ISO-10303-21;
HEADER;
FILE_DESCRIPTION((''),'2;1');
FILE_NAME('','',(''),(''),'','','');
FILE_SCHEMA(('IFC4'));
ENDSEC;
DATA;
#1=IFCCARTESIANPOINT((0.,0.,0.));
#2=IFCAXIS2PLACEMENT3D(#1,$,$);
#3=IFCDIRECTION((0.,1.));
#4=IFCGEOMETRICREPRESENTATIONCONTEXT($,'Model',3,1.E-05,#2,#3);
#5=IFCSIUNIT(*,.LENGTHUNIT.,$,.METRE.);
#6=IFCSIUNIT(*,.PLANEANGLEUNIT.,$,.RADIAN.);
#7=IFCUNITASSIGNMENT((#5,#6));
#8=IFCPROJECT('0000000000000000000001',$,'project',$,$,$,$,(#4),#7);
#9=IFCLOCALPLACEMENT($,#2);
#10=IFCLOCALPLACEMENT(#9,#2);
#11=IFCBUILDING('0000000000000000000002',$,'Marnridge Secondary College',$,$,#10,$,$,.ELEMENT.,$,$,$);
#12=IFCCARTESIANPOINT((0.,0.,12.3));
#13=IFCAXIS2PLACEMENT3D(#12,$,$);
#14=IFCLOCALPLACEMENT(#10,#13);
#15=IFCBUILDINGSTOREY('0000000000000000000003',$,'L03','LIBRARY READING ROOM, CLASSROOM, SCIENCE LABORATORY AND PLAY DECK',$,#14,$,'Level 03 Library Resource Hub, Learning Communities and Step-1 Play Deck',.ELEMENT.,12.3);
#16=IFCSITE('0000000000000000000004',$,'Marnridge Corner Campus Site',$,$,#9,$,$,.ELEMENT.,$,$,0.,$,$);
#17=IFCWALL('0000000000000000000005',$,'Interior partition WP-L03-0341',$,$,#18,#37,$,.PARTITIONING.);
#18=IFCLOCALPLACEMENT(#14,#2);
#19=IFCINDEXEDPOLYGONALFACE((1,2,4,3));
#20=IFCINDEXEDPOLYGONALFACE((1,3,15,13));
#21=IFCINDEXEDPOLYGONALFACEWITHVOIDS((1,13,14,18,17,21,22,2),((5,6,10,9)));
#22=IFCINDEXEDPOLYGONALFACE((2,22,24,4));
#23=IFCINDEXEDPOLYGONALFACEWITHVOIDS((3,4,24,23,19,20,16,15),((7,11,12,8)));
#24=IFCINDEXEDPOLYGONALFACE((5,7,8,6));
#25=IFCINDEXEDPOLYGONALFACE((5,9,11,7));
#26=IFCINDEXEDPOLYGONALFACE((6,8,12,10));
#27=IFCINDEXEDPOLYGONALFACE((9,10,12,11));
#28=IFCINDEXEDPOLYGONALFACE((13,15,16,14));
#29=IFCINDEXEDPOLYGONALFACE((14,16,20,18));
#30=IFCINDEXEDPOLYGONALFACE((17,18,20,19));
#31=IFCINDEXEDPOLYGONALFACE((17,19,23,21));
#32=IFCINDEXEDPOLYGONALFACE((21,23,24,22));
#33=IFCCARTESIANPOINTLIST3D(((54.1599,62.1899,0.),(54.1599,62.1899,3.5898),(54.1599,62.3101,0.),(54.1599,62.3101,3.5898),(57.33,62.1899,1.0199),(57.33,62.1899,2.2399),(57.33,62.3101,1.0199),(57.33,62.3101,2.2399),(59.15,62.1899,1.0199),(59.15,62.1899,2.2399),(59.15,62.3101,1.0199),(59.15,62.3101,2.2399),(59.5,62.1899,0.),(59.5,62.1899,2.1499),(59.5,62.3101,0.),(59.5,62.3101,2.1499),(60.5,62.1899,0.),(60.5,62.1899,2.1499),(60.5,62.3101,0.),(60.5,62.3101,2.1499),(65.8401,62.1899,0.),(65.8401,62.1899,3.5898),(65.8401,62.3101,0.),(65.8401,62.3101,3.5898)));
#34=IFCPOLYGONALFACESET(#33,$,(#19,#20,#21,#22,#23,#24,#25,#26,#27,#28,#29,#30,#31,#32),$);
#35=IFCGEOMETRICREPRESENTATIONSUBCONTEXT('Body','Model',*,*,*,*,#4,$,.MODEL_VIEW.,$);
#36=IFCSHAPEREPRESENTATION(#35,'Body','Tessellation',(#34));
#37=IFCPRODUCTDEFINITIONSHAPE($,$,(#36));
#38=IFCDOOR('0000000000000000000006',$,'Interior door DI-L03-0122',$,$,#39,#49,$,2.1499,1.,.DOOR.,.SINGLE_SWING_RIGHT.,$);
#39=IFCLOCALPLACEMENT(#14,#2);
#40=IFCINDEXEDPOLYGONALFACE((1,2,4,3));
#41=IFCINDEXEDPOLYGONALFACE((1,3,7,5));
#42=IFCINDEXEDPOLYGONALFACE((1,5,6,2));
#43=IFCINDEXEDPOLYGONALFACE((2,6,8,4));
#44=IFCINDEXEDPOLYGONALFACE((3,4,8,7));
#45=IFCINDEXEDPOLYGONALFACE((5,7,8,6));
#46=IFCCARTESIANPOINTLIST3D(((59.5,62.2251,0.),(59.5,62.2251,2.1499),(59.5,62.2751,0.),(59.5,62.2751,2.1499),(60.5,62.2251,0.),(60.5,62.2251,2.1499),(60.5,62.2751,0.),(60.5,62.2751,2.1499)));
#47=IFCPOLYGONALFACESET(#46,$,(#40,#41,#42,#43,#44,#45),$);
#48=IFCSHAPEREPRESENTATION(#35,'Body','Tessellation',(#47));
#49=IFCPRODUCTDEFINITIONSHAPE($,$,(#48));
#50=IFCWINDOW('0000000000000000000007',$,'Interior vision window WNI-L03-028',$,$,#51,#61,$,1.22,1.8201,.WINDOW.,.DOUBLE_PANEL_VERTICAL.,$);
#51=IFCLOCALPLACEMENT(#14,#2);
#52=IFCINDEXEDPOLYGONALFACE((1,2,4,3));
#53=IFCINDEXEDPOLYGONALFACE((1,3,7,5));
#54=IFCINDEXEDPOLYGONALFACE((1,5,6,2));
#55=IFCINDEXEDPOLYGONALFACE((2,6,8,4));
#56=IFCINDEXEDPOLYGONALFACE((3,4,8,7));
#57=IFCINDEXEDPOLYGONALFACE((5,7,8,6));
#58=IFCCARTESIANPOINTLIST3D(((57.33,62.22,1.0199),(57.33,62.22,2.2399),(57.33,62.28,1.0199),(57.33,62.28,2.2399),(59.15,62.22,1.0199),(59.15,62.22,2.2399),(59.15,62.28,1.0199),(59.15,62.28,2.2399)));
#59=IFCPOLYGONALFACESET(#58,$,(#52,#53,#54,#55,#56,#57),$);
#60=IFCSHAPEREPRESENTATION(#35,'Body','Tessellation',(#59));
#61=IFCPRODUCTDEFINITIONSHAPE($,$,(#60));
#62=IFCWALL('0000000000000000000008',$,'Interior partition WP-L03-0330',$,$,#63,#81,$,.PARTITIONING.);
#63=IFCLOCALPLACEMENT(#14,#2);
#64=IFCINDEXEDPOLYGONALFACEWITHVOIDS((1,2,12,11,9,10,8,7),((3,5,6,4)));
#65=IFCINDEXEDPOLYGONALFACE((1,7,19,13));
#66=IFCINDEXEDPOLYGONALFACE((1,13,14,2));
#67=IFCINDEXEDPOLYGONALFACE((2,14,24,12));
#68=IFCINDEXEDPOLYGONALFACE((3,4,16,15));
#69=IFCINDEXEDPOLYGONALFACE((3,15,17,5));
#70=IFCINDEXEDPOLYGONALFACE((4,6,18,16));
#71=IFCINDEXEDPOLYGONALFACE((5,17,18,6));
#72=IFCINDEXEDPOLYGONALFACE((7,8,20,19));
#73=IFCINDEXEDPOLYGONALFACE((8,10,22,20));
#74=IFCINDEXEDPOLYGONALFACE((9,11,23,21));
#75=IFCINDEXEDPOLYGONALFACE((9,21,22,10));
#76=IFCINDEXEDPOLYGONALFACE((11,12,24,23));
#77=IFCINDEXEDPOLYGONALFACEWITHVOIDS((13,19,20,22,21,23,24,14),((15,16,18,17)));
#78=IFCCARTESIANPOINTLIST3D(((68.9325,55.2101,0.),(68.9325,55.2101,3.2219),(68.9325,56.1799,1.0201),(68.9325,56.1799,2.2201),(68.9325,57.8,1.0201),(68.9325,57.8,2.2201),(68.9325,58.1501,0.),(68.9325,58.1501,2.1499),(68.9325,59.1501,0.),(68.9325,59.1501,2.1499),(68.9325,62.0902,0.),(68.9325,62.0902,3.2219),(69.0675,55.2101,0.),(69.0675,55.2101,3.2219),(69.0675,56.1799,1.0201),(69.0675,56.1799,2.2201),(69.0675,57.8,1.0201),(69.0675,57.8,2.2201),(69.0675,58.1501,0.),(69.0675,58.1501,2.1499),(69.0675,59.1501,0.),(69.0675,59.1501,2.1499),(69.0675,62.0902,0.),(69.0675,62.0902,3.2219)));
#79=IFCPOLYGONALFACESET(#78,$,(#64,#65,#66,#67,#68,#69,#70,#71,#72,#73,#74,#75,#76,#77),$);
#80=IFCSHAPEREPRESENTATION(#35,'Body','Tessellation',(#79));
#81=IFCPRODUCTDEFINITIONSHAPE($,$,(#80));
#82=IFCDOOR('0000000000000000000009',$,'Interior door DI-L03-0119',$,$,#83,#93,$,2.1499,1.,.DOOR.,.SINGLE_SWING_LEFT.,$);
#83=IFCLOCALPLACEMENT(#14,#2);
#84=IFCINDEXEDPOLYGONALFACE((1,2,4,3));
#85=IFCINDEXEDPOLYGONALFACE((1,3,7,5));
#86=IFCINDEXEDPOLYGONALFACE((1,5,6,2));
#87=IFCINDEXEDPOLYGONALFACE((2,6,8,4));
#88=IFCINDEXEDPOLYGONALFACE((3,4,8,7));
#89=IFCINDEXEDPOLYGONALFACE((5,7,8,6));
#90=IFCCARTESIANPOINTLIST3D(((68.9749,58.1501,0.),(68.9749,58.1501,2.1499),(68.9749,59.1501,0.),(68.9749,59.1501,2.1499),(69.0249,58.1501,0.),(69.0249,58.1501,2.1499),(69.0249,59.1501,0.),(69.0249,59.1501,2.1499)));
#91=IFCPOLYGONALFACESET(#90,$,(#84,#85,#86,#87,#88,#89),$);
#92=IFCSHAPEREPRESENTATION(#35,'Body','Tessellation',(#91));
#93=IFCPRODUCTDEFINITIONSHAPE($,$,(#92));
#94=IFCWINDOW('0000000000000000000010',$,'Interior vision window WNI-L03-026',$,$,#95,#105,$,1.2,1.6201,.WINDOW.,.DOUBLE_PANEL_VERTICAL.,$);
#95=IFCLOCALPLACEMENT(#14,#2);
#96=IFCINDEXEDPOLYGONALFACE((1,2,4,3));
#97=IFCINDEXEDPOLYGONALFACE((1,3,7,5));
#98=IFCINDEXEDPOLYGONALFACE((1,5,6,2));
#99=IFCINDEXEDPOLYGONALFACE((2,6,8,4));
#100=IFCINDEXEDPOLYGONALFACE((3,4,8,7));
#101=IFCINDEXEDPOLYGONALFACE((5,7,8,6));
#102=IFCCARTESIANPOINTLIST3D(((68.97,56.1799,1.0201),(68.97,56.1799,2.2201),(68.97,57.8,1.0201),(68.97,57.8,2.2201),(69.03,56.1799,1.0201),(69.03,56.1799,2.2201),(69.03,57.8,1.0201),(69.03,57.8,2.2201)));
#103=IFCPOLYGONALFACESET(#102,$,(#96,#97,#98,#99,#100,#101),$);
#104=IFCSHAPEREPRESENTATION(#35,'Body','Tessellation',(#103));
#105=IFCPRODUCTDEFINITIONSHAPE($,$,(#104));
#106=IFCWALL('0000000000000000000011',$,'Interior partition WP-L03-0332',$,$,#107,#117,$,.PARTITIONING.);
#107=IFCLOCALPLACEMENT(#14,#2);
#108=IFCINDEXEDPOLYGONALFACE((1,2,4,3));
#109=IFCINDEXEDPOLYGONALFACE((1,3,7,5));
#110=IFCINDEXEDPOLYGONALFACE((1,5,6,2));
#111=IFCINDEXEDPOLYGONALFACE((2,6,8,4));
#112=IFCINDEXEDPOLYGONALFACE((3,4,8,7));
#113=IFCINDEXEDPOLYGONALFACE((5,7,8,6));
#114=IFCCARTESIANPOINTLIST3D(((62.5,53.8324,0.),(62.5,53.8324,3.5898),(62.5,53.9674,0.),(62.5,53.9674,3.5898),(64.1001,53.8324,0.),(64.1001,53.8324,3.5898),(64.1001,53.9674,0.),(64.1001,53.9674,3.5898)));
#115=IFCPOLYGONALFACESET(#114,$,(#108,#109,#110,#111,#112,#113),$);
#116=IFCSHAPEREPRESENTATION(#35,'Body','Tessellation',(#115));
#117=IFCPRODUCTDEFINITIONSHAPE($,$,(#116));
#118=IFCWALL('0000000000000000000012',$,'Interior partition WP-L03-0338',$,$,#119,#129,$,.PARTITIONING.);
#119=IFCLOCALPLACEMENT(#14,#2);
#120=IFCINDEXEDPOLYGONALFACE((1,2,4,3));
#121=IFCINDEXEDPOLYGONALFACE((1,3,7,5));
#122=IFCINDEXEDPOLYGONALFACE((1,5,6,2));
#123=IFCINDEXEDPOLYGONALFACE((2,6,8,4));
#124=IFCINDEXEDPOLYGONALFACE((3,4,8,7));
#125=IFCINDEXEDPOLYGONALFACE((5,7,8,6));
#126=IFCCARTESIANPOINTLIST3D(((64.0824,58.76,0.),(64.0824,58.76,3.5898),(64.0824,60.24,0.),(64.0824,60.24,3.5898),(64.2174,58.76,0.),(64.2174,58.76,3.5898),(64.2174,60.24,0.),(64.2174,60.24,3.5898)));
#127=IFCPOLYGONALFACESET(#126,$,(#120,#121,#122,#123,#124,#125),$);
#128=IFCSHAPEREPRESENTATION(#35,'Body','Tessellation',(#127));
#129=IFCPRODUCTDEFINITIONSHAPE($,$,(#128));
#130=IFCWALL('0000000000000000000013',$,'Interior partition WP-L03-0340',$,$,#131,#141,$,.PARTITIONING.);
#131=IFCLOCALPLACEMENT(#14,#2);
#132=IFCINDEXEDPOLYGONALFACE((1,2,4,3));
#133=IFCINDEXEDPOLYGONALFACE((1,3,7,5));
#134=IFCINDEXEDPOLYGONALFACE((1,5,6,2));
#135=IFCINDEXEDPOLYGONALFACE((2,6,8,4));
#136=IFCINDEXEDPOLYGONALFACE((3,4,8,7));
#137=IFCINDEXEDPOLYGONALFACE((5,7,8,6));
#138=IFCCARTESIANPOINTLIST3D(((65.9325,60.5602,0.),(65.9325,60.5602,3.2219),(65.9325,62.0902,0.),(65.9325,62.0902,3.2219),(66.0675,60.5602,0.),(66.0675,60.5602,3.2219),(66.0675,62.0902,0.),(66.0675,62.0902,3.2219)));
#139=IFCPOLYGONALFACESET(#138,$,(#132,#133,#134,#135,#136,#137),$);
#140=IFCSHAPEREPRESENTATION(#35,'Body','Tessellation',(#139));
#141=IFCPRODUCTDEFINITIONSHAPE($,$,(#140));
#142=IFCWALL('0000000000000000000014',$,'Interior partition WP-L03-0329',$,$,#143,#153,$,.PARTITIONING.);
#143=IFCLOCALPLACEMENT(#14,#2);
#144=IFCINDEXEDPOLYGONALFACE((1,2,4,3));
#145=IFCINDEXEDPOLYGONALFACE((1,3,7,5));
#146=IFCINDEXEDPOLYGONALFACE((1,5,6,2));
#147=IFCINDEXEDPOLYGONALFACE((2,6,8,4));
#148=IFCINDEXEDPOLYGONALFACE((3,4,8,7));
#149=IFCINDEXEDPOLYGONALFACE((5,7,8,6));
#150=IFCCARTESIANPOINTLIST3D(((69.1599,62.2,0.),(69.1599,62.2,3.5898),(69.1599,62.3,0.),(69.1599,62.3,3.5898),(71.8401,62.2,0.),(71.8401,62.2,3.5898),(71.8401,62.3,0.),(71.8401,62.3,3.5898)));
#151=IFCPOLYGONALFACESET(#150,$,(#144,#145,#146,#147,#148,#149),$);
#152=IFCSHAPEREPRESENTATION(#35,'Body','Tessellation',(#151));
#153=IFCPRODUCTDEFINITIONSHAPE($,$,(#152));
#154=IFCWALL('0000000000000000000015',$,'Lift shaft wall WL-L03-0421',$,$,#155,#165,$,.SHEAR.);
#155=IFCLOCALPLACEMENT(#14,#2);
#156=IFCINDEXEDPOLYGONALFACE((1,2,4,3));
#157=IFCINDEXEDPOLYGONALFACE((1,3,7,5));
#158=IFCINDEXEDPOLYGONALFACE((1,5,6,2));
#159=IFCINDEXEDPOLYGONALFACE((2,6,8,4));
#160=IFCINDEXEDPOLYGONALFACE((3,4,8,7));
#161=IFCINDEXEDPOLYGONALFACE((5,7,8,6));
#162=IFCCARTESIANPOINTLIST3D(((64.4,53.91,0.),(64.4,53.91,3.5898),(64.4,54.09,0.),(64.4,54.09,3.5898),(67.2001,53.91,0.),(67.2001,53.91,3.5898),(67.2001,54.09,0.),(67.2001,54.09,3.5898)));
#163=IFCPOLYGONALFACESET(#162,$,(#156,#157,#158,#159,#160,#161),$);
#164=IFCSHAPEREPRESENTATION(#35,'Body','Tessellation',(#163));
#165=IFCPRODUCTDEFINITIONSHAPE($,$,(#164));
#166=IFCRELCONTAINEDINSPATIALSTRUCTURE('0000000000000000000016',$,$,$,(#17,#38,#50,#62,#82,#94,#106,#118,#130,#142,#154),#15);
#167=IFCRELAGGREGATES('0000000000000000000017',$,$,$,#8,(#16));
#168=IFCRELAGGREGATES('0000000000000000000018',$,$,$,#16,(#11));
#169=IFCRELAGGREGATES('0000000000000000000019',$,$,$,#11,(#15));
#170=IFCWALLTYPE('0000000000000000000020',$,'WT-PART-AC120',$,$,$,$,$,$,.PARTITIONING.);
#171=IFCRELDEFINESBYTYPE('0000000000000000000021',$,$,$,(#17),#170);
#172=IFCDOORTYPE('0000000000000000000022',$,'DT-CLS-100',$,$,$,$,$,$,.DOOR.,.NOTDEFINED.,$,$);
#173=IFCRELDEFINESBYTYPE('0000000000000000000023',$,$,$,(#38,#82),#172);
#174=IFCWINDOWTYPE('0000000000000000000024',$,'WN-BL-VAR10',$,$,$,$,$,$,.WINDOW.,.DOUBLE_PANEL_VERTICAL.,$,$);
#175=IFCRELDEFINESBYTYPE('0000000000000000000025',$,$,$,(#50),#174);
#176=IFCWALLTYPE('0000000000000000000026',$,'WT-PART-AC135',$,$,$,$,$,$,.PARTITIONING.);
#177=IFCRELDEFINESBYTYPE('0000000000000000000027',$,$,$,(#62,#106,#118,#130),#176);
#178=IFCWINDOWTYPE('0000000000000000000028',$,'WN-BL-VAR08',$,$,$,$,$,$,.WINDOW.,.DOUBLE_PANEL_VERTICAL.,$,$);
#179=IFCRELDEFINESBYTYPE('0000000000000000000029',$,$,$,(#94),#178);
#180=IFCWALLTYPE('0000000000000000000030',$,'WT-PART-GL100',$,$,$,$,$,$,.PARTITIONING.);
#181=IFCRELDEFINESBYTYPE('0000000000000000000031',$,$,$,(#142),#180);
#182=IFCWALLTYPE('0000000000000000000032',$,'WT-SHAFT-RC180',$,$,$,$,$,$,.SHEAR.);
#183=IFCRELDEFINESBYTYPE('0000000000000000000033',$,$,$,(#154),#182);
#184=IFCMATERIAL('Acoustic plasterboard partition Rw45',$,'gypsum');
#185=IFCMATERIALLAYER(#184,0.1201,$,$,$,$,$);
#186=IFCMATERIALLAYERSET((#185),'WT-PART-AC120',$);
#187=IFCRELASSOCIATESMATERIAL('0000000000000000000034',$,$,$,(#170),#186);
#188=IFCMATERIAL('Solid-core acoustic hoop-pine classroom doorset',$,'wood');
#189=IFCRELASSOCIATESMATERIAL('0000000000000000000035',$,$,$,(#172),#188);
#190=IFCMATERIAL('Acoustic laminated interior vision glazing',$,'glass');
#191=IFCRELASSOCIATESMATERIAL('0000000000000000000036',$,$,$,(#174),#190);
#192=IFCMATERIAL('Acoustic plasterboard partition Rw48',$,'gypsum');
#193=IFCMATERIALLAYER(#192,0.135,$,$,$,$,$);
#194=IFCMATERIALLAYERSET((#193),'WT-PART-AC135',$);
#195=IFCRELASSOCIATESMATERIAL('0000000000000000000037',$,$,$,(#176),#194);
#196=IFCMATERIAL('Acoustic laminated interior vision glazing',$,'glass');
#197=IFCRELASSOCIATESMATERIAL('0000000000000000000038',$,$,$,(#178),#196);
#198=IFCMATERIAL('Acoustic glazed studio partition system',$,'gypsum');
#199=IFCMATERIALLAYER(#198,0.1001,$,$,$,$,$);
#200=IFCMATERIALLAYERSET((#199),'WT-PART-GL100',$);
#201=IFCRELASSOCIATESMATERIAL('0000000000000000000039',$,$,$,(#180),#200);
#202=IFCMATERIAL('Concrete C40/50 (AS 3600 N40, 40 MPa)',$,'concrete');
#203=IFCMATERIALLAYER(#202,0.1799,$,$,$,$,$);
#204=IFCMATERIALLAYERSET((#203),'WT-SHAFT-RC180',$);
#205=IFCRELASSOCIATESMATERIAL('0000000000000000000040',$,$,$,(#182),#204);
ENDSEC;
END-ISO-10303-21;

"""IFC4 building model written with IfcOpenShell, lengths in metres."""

from ifc_helpers import new_model, si_unit, direction, frame, frame_2d, origin, place, context, subcontext, project, spatial, rectangle, extrude, material, layer, layer_set, type_object, element, fill, save


model = new_model("IFC4")

# Units and contexts
model_context = context("Model", 3, precision=1e-05, world=origin(), true_north=direction((0.0, 1.0)))
body_context = subcontext(model_context, "Body", "Model", "MODEL_VIEW")
ifc_project = project(units=[si_unit("LENGTHUNIT", "METRE"), si_unit("PLANEANGLEUNIT", "RADIAN")], contexts=[model_context])

# Site, building, storey
site_placement = place(None, origin())
site = spatial("IfcSite", under=ifc_project, at=site_placement, Name="Marnridge Corner Campus Site", CompositionType="ELEMENT", RefElevation=0.0)
building_placement = place(site_placement, origin())
building = spatial("IfcBuilding", under=site, at=building_placement, Name="Marnridge Secondary College", CompositionType="ELEMENT")
storey_placement = place(building_placement, frame((0.0, 0.0, 12.3)))
storey = spatial("IfcBuildingStorey", under=building, at=storey_placement, Name="L03", Description="LIBRARY READING ROOM, CLASSROOM, SCIENCE LABORATORY AND PLAY DECK", LongName="Level 03 Library Resource Hub, Learning Communities and Step-1 Play Deck", CompositionType="ELEMENT", Elevation=12.3)

# Shared definitions
ifc_material_1 = material(Name="Acoustic plasterboard partition Rw45", Category="gypsum")
ifc_layer_1 = layer(ifc_material_1, 0.1201)
ifc_layer_set_1 = layer_set([ifc_layer_1], Name="WT-PART-AC120")
wall_type_1 = type_object("IfcWallType", Name="WT-PART-AC120", PredefinedType="PARTITIONING", material=ifc_layer_set_1)

# Walls, openings, doors, windows
wall_1_placement = place(storey_placement, frame((65.8401, 62.25, 0.0), z_axis=(0.0, 0.0, 1.0), x_axis=(-1.0, 0.0, 0.0)))
wall_1 = element("IfcWall", 1, at=wall_1_placement, inside=storey, type_object=wall_type_1, Name="Interior partition WP-L03-0341", PredefinedType="PARTITIONING", context=body_context, shape_type="SweptSolid", body=[
    extrude(rectangle(XDim=11.6802, YDim=0.1201, at=frame_2d((5.8401, 0.0))), origin(), (0.0, 0.0, 1.0), 3.5898),
])
opening_1_placement = place(wall_1_placement, frame((5.3401, 0.0, 0.0)))
opening_1 = element("IfcOpeningElement", 2, at=opening_1_placement, cuts=wall_1, PredefinedType="OPENING", context=body_context, shape_type="SweptSolid", body=[
    extrude(rectangle(XDim=1.0, YDim=2.1499, at=frame_2d((0.5, 1.075))), frame((0.0, 0.0701, 0.0), z_axis=(0.0, -1.0, 0.0), x_axis=(1.0, 0.0, 0.0)), (0.0, 0.0, 1.0), 0.1401),
])
opening_2_placement = place(wall_1_placement, frame((6.6899, 0.0, 1.02)))
opening_2 = element("IfcOpeningElement", 3, at=opening_2_placement, cuts=wall_1, PredefinedType="OPENING", context=body_context, shape_type="SweptSolid", body=[
    extrude(rectangle(XDim=1.8201, YDim=1.22, at=frame_2d((0.9102, 0.6099))), frame((0.0, 0.0701, 0.0), z_axis=(0.0, -1.0, 0.0), x_axis=(1.0, 0.0, 0.0)), (0.0, 0.0, 1.0), 0.1401),
])
ifc_material_2 = material(Name="Solid-core acoustic hoop-pine classroom doorset", Category="wood")
door_type_1 = type_object("IfcDoorType", Name="DT-CLS-100", OperationType="NOTDEFINED", PredefinedType="DOOR", material=ifc_material_2)
door_1_placement = place(opening_1_placement, origin())
door_1 = element("IfcDoor", 4, at=door_1_placement, inside=storey, type_object=door_type_1, Name="Interior door DI-L03-0122", OperationType="SINGLE_SWING_RIGHT", OverallHeight=2.1499, OverallWidth=1.0, PredefinedType="DOOR", context=body_context, shape_type="SweptSolid", body=[
    extrude(rectangle(XDim=1.0, YDim=2.1499, at=frame_2d((0.5, 1.075))), frame((0.0, 0.0249, 0.0), z_axis=(0.0, -1.0, 0.0), x_axis=(1.0, 0.0, 0.0)), (0.0, 0.0, 1.0), 0.05),
])
fill(opening_1, door_1)
ifc_material_3 = material(Name="Acoustic laminated interior vision glazing", Category="glass")
window_type_1 = type_object("IfcWindowType", Name="WN-BL-VAR10", PartitioningType="DOUBLE_PANEL_VERTICAL", PredefinedType="WINDOW", material=ifc_material_3)
window_1_placement = place(opening_2_placement, origin())
window_1 = element("IfcWindow", 5, at=window_1_placement, inside=storey, type_object=window_type_1, Name="Interior vision window WNI-L03-028", OverallHeight=1.22, OverallWidth=1.8201, PartitioningType="DOUBLE_PANEL_VERTICAL", PredefinedType="WINDOW", context=body_context, shape_type="SweptSolid", body=[
    extrude(rectangle(XDim=1.8201, YDim=1.22, at=frame_2d((0.9102, 0.6099))), frame((0.0, 0.03, 0.0), z_axis=(0.0, -1.0, 0.0), x_axis=(1.0, 0.0, 0.0)), (0.0, 0.0, 1.0), 0.0601),
])
fill(opening_2, window_1)
ifc_material_4 = material(Name="Acoustic plasterboard partition Rw48", Category="gypsum")
ifc_layer_2 = layer(ifc_material_4, 0.135)
ifc_layer_set_2 = layer_set([ifc_layer_2], Name="WT-PART-AC135")
wall_type_2 = type_object("IfcWallType", Name="WT-PART-AC135", PredefinedType="PARTITIONING", material=ifc_layer_set_2)
wall_2_placement = place(storey_placement, frame((69.0, 62.0901, 0.0), z_axis=(0.0, 0.0, 1.0), x_axis=(0.0, -1.0, 0.0)))
wall_2 = element("IfcWall", 6, at=wall_2_placement, inside=storey, type_object=wall_type_2, Name="Interior partition WP-L03-0330", PredefinedType="PARTITIONING", context=body_context, shape_type="SweptSolid", body=[
    extrude(rectangle(XDim=6.8801, YDim=0.135, at=frame_2d((3.4399, 0.0))), origin(), (0.0, 0.0, 1.0), 3.2219),
])
opening_3_placement = place(wall_2_placement, frame((2.9399, 0.0, 0.0)))
opening_3 = element("IfcOpeningElement", 7, at=opening_3_placement, cuts=wall_2, PredefinedType="OPENING", context=body_context, shape_type="SweptSolid", body=[
    extrude(rectangle(XDim=1.0, YDim=2.1499, at=frame_2d((0.5, 1.075))), frame((0.0, 0.0774, 0.0), z_axis=(0.0, -1.0, 0.0), x_axis=(1.0, 0.0, 0.0)), (0.0, 0.0, 1.0), 0.155),
])
opening_4_placement = place(wall_2_placement, frame((4.29, 0.0, 1.02)))
opening_4 = element("IfcOpeningElement", 8, at=opening_4_placement, cuts=wall_2, PredefinedType="OPENING", context=body_context, shape_type="SweptSolid", body=[
    extrude(rectangle(XDim=1.6201, YDim=1.2, at=frame_2d((0.8101, 0.6001))), frame((0.0, 0.0774, 0.0), z_axis=(0.0, -1.0, 0.0), x_axis=(1.0, 0.0, 0.0)), (0.0, 0.0, 1.0), 0.155),
])
door_2_placement = place(opening_3_placement, origin())
door_2 = element("IfcDoor", 9, at=door_2_placement, inside=storey, type_object=door_type_1, Name="Interior door DI-L03-0119", OperationType="SINGLE_SWING_LEFT", OverallHeight=2.1499, OverallWidth=1.0, PredefinedType="DOOR", context=body_context, shape_type="SweptSolid", body=[
    extrude(rectangle(XDim=1.0, YDim=2.1499, at=frame_2d((0.5, 1.075))), frame((0.0, 0.0249, 0.0), z_axis=(0.0, -1.0, 0.0), x_axis=(1.0, 0.0, 0.0)), (0.0, 0.0, 1.0), 0.05),
])
fill(opening_3, door_2)
ifc_material_5 = material(Name="Acoustic laminated interior vision glazing", Category="glass")
window_type_2 = type_object("IfcWindowType", Name="WN-BL-VAR08", PartitioningType="DOUBLE_PANEL_VERTICAL", PredefinedType="WINDOW", material=ifc_material_5)
window_2_placement = place(opening_4_placement, origin())
window_2 = element("IfcWindow", 10, at=window_2_placement, inside=storey, type_object=window_type_2, Name="Interior vision window WNI-L03-026", OverallHeight=1.2, OverallWidth=1.6201, PartitioningType="DOUBLE_PANEL_VERTICAL", PredefinedType="WINDOW", context=body_context, shape_type="SweptSolid", body=[
    extrude(rectangle(XDim=1.6201, YDim=1.2, at=frame_2d((0.8101, 0.6001))), frame((0.0, 0.03, 0.0), z_axis=(0.0, -1.0, 0.0), x_axis=(1.0, 0.0, 0.0)), (0.0, 0.0, 1.0), 0.0601),
])
fill(opening_4, window_2)

# Walls
wall_3_placement = place(storey_placement, frame((64.1001, 53.8999, 0.0), z_axis=(0.0, 0.0, 1.0), x_axis=(-1.0, 0.0, 0.0)))
element("IfcWall", 11, at=wall_3_placement, inside=storey, type_object=wall_type_2, Name="Interior partition WP-L03-0332", PredefinedType="PARTITIONING", context=body_context, shape_type="SweptSolid", body=[
    extrude(rectangle(XDim=1.6001, YDim=0.135, at=frame_2d((0.8, 0.0))), origin(), (0.0, 0.0, 1.0), 3.5898),
])
wall_4_placement = place(storey_placement, frame((64.1499, 58.76, 0.0), z_axis=(0.0, 0.0, 1.0), x_axis=(0.0, 1.0, 0.0)))
element("IfcWall", 12, at=wall_4_placement, inside=storey, type_object=wall_type_2, Name="Interior partition WP-L03-0338", PredefinedType="PARTITIONING", context=body_context, shape_type="SweptSolid", body=[
    extrude(rectangle(XDim=1.48, YDim=0.135, at=frame_2d((0.74, 0.0))), origin(), (0.0, 0.0, 1.0), 3.5898),
])
wall_5_placement = place(storey_placement, frame((66.0, 60.5601, 0.0), z_axis=(0.0, 0.0, 1.0), x_axis=(0.0, 1.0, 0.0)))
element("IfcWall", 13, at=wall_5_placement, inside=storey, type_object=wall_type_2, Name="Interior partition WP-L03-0340", PredefinedType="PARTITIONING", context=body_context, shape_type="SweptSolid", body=[
    extrude(rectangle(XDim=1.53, YDim=0.135, at=frame_2d((0.7651, 0.0))), origin(), (0.0, 0.0, 1.0), 3.2219),
])
ifc_material_6 = material(Name="Acoustic glazed studio partition system", Category="gypsum")
ifc_layer_3 = layer(ifc_material_6, 0.1001)
ifc_layer_set_3 = layer_set([ifc_layer_3], Name="WT-PART-GL100")
wall_type_3 = type_object("IfcWallType", Name="WT-PART-GL100", PredefinedType="PARTITIONING", material=ifc_layer_set_3)
wall_6_placement = place(storey_placement, frame((71.8401, 62.25, 0.0), z_axis=(0.0, 0.0, 1.0), x_axis=(-1.0, 0.0, 0.0)))
element("IfcWall", 14, at=wall_6_placement, inside=storey, type_object=wall_type_3, Name="Interior partition WP-L03-0329", PredefinedType="PARTITIONING", context=body_context, shape_type="SweptSolid", body=[
    extrude(rectangle(XDim=2.6802, YDim=0.1001, at=frame_2d((1.3401, 0.0))), origin(), (0.0, 0.0, 1.0), 3.5898),
])
ifc_material_7 = material(Name="Concrete C40/50 (AS 3600 N40, 40 MPa)", Category="concrete")
ifc_layer_4 = layer(ifc_material_7, 0.1799)
ifc_layer_set_4 = layer_set([ifc_layer_4], Name="WT-SHAFT-RC180")
wall_type_4 = type_object("IfcWallType", Name="WT-SHAFT-RC180", PredefinedType="SHEAR", material=ifc_layer_set_4)
wall_7_placement = place(storey_placement, frame((67.2, 54.0, 0.0), z_axis=(0.0, 0.0, 1.0), x_axis=(-1.0, 0.0, 0.0)))
element("IfcWall", 15, at=wall_7_placement, inside=storey, type_object=wall_type_4, Name="Lift shaft wall WL-L03-0421", PredefinedType="SHEAR", context=body_context, shape_type="SweptSolid", body=[
    extrude(rectangle(XDim=2.8, YDim=0.1799, at=frame_2d((1.3999, 0.0))), origin(), (0.0, 0.0, 1.0), 3.5898),
])

save(model, "model.ifc")
